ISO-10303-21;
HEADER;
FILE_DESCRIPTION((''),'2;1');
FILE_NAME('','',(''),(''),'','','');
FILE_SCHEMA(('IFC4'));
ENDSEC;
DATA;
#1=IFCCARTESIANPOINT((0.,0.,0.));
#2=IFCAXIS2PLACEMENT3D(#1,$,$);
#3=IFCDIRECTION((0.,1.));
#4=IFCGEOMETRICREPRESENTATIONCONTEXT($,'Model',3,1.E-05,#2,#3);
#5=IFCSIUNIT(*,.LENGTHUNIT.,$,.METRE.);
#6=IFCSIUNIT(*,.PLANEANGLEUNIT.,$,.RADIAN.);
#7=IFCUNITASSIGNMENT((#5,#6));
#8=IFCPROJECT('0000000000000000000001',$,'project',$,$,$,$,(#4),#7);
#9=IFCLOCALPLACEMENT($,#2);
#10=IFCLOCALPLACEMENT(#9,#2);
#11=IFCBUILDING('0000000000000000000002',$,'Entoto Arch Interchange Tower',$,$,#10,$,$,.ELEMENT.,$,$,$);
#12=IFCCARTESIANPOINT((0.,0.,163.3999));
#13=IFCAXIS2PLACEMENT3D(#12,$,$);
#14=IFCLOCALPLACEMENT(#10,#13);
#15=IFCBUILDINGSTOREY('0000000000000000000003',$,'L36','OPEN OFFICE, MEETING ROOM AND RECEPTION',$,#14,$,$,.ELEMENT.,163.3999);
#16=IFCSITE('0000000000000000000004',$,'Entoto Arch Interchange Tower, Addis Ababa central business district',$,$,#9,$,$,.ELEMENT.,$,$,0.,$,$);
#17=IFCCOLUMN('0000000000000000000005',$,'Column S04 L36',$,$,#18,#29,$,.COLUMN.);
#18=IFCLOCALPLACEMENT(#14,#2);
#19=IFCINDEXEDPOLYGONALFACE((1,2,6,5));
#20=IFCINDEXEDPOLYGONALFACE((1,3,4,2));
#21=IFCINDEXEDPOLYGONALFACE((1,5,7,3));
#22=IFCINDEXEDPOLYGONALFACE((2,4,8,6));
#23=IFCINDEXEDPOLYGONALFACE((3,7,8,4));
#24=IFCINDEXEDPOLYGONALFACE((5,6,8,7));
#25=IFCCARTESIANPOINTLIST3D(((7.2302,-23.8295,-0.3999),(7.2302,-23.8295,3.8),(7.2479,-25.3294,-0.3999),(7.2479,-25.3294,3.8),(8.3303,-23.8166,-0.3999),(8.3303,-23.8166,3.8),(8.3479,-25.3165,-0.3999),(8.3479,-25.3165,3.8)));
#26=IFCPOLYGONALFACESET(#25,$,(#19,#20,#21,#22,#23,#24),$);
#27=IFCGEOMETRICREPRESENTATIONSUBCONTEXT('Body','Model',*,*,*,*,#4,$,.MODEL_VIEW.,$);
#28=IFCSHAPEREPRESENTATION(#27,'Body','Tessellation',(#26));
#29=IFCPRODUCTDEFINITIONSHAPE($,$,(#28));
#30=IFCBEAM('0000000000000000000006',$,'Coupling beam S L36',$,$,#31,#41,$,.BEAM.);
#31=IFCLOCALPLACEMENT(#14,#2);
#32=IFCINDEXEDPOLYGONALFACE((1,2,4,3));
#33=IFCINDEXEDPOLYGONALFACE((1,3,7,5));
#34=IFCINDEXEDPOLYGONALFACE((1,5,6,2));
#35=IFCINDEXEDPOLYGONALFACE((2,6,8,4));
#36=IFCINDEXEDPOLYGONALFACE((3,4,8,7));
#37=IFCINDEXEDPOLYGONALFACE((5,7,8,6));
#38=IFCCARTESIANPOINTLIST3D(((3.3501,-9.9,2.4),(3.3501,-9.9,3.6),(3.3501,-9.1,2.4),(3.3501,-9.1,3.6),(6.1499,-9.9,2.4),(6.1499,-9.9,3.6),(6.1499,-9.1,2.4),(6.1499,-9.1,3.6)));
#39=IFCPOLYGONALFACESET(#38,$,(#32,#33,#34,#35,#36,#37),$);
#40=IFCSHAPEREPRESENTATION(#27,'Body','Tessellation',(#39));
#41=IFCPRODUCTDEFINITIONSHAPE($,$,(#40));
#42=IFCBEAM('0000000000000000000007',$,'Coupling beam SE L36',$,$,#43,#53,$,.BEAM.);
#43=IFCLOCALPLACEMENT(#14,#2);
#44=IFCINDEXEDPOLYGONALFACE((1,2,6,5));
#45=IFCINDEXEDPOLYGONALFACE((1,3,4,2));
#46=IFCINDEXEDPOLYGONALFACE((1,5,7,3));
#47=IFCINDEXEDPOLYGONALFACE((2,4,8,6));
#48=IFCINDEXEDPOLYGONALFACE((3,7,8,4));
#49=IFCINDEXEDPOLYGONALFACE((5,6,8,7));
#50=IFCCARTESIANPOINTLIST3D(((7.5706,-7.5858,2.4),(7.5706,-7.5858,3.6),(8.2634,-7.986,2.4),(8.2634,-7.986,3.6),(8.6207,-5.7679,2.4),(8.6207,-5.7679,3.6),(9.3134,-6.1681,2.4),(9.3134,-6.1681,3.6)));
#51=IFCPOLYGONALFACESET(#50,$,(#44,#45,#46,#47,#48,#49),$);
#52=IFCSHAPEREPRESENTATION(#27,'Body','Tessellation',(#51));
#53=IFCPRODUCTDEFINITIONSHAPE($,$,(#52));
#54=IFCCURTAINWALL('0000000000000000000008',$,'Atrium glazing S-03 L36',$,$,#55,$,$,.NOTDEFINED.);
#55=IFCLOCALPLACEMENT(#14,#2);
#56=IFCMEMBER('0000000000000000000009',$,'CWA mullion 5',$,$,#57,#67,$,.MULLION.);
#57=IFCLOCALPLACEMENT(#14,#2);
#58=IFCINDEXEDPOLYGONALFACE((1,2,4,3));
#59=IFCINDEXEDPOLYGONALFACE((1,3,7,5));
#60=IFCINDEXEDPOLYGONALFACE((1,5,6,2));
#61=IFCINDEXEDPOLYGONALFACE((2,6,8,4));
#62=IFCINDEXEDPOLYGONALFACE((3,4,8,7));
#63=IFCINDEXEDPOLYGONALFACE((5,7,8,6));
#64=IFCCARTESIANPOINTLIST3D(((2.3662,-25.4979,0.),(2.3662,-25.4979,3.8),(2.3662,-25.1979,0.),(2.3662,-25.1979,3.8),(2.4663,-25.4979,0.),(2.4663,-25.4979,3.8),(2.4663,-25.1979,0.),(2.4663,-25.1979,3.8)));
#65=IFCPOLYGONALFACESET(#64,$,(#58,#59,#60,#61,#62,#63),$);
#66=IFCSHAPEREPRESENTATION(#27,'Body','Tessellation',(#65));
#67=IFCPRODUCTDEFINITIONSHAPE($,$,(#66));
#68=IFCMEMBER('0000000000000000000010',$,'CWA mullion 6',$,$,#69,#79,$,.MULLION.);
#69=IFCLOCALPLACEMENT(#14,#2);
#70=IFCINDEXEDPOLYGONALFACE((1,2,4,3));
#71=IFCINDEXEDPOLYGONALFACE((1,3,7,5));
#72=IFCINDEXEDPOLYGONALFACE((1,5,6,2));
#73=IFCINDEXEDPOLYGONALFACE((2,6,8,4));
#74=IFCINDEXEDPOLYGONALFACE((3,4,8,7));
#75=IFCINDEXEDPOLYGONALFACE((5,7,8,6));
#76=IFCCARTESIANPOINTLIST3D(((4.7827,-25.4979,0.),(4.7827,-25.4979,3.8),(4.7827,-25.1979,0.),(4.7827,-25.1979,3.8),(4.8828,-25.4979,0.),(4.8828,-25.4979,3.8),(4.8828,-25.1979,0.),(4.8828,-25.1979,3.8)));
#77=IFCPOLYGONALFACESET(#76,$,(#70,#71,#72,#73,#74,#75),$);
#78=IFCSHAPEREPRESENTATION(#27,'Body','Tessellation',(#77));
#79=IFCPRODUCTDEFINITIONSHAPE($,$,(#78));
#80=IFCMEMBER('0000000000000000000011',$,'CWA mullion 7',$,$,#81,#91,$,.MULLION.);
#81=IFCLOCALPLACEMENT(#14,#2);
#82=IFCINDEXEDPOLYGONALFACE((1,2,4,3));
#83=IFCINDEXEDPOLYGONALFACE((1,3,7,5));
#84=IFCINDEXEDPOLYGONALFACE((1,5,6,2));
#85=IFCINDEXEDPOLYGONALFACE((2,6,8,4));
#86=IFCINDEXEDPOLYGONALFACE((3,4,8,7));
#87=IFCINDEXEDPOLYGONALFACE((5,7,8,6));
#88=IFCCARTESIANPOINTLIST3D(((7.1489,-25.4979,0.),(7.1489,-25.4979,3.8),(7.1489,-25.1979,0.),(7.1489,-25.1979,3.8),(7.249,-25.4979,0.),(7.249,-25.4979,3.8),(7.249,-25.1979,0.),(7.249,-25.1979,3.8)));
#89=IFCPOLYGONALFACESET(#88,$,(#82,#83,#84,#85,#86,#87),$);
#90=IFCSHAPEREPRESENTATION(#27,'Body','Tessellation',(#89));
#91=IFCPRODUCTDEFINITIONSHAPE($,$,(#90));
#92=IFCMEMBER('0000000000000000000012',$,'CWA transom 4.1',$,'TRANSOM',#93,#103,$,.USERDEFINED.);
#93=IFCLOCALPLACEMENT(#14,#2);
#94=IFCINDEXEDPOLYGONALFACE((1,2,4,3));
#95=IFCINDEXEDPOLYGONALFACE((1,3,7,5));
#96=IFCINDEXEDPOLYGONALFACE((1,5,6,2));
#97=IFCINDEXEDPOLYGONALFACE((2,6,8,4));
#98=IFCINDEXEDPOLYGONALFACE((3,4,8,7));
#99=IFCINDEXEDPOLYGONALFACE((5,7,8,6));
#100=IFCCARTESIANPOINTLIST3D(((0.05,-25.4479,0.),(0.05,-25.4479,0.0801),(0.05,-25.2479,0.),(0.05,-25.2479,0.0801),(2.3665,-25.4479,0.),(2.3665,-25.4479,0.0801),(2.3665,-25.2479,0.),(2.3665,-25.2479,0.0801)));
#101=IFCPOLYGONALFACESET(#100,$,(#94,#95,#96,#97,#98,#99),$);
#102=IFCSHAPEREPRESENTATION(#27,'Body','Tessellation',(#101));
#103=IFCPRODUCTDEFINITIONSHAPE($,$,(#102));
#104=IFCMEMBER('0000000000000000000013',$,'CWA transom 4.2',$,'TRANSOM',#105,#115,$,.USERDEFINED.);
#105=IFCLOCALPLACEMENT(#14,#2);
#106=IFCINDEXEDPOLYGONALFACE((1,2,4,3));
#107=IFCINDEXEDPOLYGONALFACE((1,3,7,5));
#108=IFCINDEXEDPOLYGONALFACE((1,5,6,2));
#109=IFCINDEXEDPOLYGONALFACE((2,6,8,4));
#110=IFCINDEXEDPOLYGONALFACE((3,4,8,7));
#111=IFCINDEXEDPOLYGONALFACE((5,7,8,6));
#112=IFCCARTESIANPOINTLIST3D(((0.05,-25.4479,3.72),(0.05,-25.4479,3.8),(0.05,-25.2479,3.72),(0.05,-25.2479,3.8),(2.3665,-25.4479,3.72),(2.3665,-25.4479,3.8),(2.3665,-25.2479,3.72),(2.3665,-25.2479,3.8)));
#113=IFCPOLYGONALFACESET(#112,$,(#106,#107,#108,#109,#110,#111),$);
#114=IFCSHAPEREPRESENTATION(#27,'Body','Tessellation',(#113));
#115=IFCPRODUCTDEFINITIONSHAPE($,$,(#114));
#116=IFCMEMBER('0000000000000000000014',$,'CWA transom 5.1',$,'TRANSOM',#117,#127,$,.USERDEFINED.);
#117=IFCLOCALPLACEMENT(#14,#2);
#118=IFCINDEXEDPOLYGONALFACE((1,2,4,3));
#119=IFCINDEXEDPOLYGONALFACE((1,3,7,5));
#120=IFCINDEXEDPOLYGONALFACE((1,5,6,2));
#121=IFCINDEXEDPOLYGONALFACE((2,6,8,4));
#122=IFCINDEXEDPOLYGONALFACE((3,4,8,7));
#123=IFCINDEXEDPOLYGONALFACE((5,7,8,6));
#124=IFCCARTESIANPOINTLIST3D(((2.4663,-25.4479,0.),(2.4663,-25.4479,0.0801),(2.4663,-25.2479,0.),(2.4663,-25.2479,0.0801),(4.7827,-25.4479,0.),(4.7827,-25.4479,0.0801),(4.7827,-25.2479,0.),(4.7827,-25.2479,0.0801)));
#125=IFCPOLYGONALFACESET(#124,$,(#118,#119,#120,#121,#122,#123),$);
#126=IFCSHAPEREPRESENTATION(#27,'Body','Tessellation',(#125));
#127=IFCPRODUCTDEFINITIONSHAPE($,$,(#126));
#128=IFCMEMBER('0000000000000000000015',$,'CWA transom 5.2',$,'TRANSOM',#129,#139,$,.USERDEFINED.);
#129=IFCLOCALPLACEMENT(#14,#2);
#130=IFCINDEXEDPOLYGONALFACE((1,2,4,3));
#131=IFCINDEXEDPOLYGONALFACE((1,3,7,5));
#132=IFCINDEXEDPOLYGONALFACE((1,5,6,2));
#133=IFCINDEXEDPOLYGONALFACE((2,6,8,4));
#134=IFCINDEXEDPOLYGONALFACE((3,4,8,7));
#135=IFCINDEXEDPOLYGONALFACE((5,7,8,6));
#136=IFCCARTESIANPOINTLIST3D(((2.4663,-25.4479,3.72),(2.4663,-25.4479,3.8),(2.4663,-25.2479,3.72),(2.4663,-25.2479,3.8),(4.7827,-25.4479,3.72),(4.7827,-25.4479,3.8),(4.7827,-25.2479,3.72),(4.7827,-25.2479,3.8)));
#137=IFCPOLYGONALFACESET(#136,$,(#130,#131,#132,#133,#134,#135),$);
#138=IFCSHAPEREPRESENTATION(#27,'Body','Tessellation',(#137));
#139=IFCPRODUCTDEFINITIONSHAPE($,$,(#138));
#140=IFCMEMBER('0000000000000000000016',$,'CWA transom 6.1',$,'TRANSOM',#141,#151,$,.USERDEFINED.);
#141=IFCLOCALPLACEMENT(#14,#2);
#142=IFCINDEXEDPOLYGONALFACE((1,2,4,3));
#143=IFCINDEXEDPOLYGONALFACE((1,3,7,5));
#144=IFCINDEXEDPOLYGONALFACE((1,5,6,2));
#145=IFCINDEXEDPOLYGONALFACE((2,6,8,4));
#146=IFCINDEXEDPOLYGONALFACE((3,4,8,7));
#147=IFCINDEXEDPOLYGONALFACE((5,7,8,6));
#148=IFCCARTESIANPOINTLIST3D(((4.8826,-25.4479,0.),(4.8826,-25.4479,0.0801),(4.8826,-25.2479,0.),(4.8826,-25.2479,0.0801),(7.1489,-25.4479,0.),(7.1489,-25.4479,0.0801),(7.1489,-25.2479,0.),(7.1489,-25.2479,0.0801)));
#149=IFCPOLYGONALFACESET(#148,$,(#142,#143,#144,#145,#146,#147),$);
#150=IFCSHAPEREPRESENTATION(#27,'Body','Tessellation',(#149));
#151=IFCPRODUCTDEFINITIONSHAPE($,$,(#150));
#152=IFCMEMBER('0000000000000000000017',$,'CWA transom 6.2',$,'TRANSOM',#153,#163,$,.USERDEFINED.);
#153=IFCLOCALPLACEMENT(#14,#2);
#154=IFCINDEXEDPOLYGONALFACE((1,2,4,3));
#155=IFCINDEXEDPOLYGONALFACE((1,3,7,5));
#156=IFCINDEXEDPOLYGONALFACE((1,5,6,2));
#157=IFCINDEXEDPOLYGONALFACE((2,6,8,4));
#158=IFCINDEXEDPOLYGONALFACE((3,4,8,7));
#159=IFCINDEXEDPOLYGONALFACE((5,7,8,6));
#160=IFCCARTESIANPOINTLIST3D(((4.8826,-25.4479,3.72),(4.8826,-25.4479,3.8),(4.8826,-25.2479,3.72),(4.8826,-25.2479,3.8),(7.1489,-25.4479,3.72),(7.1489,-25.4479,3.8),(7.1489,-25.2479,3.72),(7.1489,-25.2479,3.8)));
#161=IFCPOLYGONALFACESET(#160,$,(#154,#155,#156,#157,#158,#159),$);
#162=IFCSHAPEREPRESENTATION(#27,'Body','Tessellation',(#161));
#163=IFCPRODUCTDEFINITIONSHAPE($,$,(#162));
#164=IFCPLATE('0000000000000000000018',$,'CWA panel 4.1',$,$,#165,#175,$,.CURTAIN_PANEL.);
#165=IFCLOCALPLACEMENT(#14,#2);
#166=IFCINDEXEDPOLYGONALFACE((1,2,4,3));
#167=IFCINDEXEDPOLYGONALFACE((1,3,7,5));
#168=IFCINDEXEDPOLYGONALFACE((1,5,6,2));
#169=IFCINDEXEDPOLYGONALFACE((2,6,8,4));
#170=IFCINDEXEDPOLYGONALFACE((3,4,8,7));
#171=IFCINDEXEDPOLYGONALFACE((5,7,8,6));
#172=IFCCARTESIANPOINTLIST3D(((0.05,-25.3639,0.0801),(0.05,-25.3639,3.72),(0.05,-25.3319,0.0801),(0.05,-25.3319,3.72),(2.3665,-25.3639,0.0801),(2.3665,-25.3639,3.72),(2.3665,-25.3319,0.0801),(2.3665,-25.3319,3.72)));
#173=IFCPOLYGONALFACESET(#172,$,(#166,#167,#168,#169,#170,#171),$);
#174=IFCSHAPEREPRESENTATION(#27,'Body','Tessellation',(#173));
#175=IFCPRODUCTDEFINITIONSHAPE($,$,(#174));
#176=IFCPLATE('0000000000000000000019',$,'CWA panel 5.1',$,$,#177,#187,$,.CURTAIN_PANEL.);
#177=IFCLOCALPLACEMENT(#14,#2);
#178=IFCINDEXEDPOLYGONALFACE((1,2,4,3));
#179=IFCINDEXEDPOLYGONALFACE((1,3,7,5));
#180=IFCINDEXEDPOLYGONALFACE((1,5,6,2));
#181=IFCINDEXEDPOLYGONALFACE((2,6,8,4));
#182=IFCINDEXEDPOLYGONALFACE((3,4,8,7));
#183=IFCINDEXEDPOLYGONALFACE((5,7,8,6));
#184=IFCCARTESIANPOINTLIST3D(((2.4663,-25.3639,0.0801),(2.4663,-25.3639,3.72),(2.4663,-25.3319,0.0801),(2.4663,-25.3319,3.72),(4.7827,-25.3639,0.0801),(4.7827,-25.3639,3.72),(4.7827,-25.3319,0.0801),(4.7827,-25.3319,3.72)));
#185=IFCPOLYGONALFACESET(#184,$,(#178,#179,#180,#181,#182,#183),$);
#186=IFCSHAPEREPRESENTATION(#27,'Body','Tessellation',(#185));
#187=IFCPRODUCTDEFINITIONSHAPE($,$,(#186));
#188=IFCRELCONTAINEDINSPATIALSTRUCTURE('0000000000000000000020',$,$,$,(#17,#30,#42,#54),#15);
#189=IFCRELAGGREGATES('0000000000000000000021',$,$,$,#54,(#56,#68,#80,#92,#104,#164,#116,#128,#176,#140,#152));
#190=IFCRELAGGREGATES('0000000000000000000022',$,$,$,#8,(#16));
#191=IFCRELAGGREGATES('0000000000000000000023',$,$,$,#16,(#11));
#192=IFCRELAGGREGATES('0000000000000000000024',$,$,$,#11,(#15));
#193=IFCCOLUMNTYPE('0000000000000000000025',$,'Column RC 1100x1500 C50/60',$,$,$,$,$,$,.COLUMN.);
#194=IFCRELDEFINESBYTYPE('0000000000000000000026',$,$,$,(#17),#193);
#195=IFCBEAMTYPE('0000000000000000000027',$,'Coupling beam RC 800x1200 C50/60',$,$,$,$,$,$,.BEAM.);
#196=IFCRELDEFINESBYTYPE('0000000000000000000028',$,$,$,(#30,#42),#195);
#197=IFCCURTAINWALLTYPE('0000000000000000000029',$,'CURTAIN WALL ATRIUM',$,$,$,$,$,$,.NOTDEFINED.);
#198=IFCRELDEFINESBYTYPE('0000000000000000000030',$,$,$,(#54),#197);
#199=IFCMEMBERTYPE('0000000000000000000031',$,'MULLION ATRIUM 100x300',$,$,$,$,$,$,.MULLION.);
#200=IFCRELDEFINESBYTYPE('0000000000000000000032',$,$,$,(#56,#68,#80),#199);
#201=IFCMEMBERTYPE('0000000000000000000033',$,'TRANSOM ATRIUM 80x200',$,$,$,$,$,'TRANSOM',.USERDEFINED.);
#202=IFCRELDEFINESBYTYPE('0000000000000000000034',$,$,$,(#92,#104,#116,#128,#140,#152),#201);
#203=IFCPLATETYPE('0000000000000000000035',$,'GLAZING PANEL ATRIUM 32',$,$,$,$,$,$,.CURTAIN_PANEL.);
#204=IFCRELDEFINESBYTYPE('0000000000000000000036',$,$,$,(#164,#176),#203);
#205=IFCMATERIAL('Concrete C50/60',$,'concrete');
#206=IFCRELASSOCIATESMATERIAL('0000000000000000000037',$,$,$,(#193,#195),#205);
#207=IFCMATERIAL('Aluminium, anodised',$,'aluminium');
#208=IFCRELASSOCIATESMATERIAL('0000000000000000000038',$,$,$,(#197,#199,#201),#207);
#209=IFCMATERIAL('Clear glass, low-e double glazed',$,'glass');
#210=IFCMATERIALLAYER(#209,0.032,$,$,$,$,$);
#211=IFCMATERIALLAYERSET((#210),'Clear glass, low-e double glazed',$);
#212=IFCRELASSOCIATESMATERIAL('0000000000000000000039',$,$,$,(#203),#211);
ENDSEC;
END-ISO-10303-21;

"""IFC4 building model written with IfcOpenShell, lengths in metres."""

from ifc_helpers import new_model, si_unit, direction, frame, origin, origin_2d, place, context, subcontext, project, spatial, rectangle, extrude, material, layer, layer_set, material_profile, profile_set, type_object, element, aggregate, save


model = new_model("IFC4")

# Units and contexts
model_context = context("Model", 3, precision=1e-05, world=origin(), true_north=direction((0.0, 1.0)))
body_context = subcontext(model_context, "Body", "Model", "MODEL_VIEW")
ifc_project = project(units=[si_unit("LENGTHUNIT", "METRE"), si_unit("PLANEANGLEUNIT", "RADIAN")], contexts=[model_context])

# Site, building, storey
site_placement = place(None, origin())
site = spatial("IfcSite", under=ifc_project, at=site_placement, Name="Entoto Arch Interchange Tower, Addis Ababa central business district", CompositionType="ELEMENT", RefElevation=0.0)
building_placement = place(site_placement, origin())
building = spatial("IfcBuilding", under=site, at=building_placement, Name="Entoto Arch Interchange Tower", CompositionType="ELEMENT")
storey_placement = place(building_placement, frame((0.0, 0.0, 163.3999)))
storey = spatial("IfcBuildingStorey", under=building, at=storey_placement, Name="L36", Description="OPEN OFFICE, MEETING ROOM AND RECEPTION", CompositionType="ELEMENT", Elevation=163.3999)

# Column
ifc_material_1 = material(Name="Concrete C50/60", Category="concrete")
ifc_material_profile_1 = material_profile(ifc_material_1, rectangle(XDim=1.1001, YDim=1.5, at=origin_2d()))
ifc_profile_set_1 = profile_set([ifc_material_profile_1], Name="Concrete C50/60")
column_type = type_object("IfcColumnType", Name="Column RC 1100x1500 C50/60", PredefinedType="COLUMN", material=ifc_profile_set_1)
column_placement = place(storey_placement, frame((7.7891, -24.573, -0.3999), z_axis=(0.0, 0.0, 1.0), x_axis=(0.999931, 0.011746, 0.0)))
element("IfcColumn", 1, at=column_placement, inside=storey, type_object=column_type, Name="Column S04 L36", PredefinedType="COLUMN", context=body_context, shape_type="SweptSolid", body=[
    extrude(rectangle(XDim=1.1001, YDim=1.5, at=origin_2d()), origin(), (0.0, 0.0, 1.0), 4.2),
])

# Beams
ifc_material_profile_2 = material_profile(ifc_material_1, rectangle(XDim=0.8, YDim=1.2, at=origin_2d()))
ifc_profile_set_2 = profile_set([ifc_material_profile_2], Name="Concrete C50/60")
beam_type = type_object("IfcBeamType", Name="Coupling beam RC 800x1200 C50/60", PredefinedType="BEAM", material=ifc_profile_set_2)
beam_1_placement = place(storey_placement, frame((3.3501, -9.5, 3.0), z_axis=(1.0, 0.0, 0.0), x_axis=(0.0, 1.0, 0.0)))
element("IfcBeam", 2, at=beam_1_placement, inside=storey, type_object=beam_type, Name="Coupling beam S L36", PredefinedType="BEAM", context=body_context, shape_type="SweptSolid", body=[
    extrude(rectangle(XDim=0.8, YDim=1.2, at=origin_2d()), origin(), (0.0, 0.0, 1.0), 2.7998),
])
beam_2_placement = place(storey_placement, frame((7.917, -7.7859, 3.0), z_axis=(0.500179, 0.865922, 0.0), x_axis=(-0.865922, 0.500179, 0.0)))
element("IfcBeam", 3, at=beam_2_placement, inside=storey, type_object=beam_type, Name="Coupling beam SE L36", PredefinedType="BEAM", context=body_context, shape_type="SweptSolid", body=[
    extrude(rectangle(XDim=0.8, YDim=1.2, at=origin_2d()), origin(), (0.0, 0.0, 1.0), 2.0994),
])

# Curtain wall, members, plates
ifc_material_2 = material(Name="Aluminium, anodised", Category="aluminium")
curtain_wall_type = type_object("IfcCurtainWallType", Name="CURTAIN WALL ATRIUM", PredefinedType="NOTDEFINED", material=ifc_material_2)
curtain_wall_placement = place(storey_placement, origin())
curtain_wall = element("IfcCurtainWall", 4, at=curtain_wall_placement, inside=storey, type_object=curtain_wall_type, Name="Atrium glazing S-03 L36", PredefinedType="NOTDEFINED")
ifc_material_profile_3 = material_profile(ifc_material_2, rectangle(XDim=0.3, YDim=0.1001, at=origin_2d()))
ifc_profile_set_3 = profile_set([ifc_material_profile_3], Name="Aluminium, anodised")
member_type_1 = type_object("IfcMemberType", Name="MULLION ATRIUM 100x300", PredefinedType="MULLION", material=ifc_profile_set_3)
member_1_placement = place(storey_placement, frame((2.4163, -25.3479, 0.0), z_axis=(0.0, 0.0, 1.0), x_axis=(0.0, 1.0, 0.0)))
member_1 = element("IfcMember", 5, at=member_1_placement, type_object=member_type_1, Name="CWA mullion 5", PredefinedType="MULLION", context=body_context, shape_type="SweptSolid", body=[
    extrude(rectangle(XDim=0.3, YDim=0.1001, at=origin_2d()), origin(), (0.0, 0.0, 1.0), 3.8),
])
member_2_placement = place(storey_placement, frame((4.8328, -25.3479, 0.0), z_axis=(0.0, 0.0, 1.0), x_axis=(0.0, 1.0, 0.0)))
member_2 = element("IfcMember", 6, at=member_2_placement, type_object=member_type_1, Name="CWA mullion 6", PredefinedType="MULLION", context=body_context, shape_type="SweptSolid", body=[
    extrude(rectangle(XDim=0.3, YDim=0.1001, at=origin_2d()), origin(), (0.0, 0.0, 1.0), 3.8),
])
member_3_placement = place(storey_placement, frame((7.199, -25.3479, 0.0), z_axis=(0.0, 0.0, 1.0), x_axis=(0.0, 1.0, 0.0)))
member_3 = element("IfcMember", 7, at=member_3_placement, type_object=member_type_1, Name="CWA mullion 7", PredefinedType="MULLION", context=body_context, shape_type="SweptSolid", body=[
    extrude(rectangle(XDim=0.3, YDim=0.1001, at=origin_2d()), origin(), (0.0, 0.0, 1.0), 3.8),
])
ifc_material_profile_4 = material_profile(ifc_material_2, rectangle(XDim=0.2, YDim=0.0801, at=origin_2d()))
ifc_profile_set_4 = profile_set([ifc_material_profile_4], Name="Aluminium, anodised")
member_type_2 = type_object("IfcMemberType", Name="TRANSOM ATRIUM 80x200", ElementType="TRANSOM", PredefinedType="USERDEFINED", material=ifc_profile_set_4)
member_4_placement = place(storey_placement, frame((0.05, -25.3479, 0.04), z_axis=(1.0, 0.0, 0.0), x_axis=(0.0, 1.0, 0.0)))
member_4 = element("IfcMember", 8, at=member_4_placement, type_object=member_type_2, Name="CWA transom 4.1", ObjectType="TRANSOM", PredefinedType="USERDEFINED", context=body_context, shape_type="SweptSolid", body=[
    extrude(rectangle(XDim=0.2, YDim=0.0801, at=origin_2d()), origin(), (0.0, 0.0, 1.0), 2.3164),
])
member_5_placement = place(storey_placement, frame((0.05, -25.3479, 3.76), z_axis=(1.0, 0.0, 0.0), x_axis=(0.0, 1.0, 0.0)))
member_5 = element("IfcMember", 9, at=member_5_placement, type_object=member_type_2, Name="CWA transom 4.2", ObjectType="TRANSOM", PredefinedType="USERDEFINED", context=body_context, shape_type="SweptSolid", body=[
    extrude(rectangle(XDim=0.2, YDim=0.0801, at=origin_2d()), origin(), (0.0, 0.0, 1.0), 2.3164),
])
member_6_placement = place(storey_placement, frame((2.4663, -25.3479, 0.04), z_axis=(1.0, 0.0, 0.0), x_axis=(0.0, 1.0, 0.0)))
member_6 = element("IfcMember", 10, at=member_6_placement, type_object=member_type_2, Name="CWA transom 5.1", ObjectType="TRANSOM", PredefinedType="USERDEFINED", context=body_context, shape_type="SweptSolid", body=[
    extrude(rectangle(XDim=0.2, YDim=0.0801, at=origin_2d()), origin(), (0.0, 0.0, 1.0), 2.3164),
])
member_7_placement = place(storey_placement, frame((2.4663, -25.3479, 3.76), z_axis=(1.0, 0.0, 0.0), x_axis=(0.0, 1.0, 0.0)))
member_7 = element("IfcMember", 11, at=member_7_placement, type_object=member_type_2, Name="CWA transom 5.2", ObjectType="TRANSOM", PredefinedType="USERDEFINED", context=body_context, shape_type="SweptSolid", body=[
    extrude(rectangle(XDim=0.2, YDim=0.0801, at=origin_2d()), origin(), (0.0, 0.0, 1.0), 2.3164),
])
member_8_placement = place(storey_placement, frame((4.8826, -25.3479, 0.04), z_axis=(1.0, 0.0, 0.0), x_axis=(0.0, 1.0, 0.0)))
member_8 = element("IfcMember", 12, at=member_8_placement, type_object=member_type_2, Name="CWA transom 6.1", ObjectType="TRANSOM", PredefinedType="USERDEFINED", context=body_context, shape_type="SweptSolid", body=[
    extrude(rectangle(XDim=0.2, YDim=0.0801, at=origin_2d()), origin(), (0.0, 0.0, 1.0), 2.2664),
])
member_9_placement = place(storey_placement, frame((4.8826, -25.3479, 3.76), z_axis=(1.0, 0.0, 0.0), x_axis=(0.0, 1.0, 0.0)))
member_9 = element("IfcMember", 13, at=member_9_placement, type_object=member_type_2, Name="CWA transom 6.2", ObjectType="TRANSOM", PredefinedType="USERDEFINED", context=body_context, shape_type="SweptSolid", body=[
    extrude(rectangle(XDim=0.2, YDim=0.0801, at=origin_2d()), origin(), (0.0, 0.0, 1.0), 2.2664),
])
ifc_material_3 = material(Name="Clear glass, low-e double glazed", Category="glass")
ifc_layer_1 = layer(ifc_material_3, 0.032)
ifc_layer_set_1 = layer_set([ifc_layer_1], Name="Clear glass, low-e double glazed")
plate_type = type_object("IfcPlateType", Name="GLAZING PANEL ATRIUM 32", PredefinedType="CURTAIN_PANEL", material=ifc_layer_set_1)
plate_1_placement = place(storey_placement, frame((1.2083, -25.3479, 0.0801), z_axis=(0.0, 0.0, 1.0), x_axis=(1.0, 0.0, 0.0)))
plate_1 = element("IfcPlate", 14, at=plate_1_placement, type_object=plate_type, Name="CWA panel 4.1", PredefinedType="CURTAIN_PANEL", context=body_context, shape_type="SweptSolid", body=[
    extrude(rectangle(XDim=2.3164, YDim=0.032, at=origin_2d()), origin(), (0.0, 0.0, 1.0), 3.6399),
])
plate_2_placement = place(storey_placement, frame((3.6245, -25.3479, 0.0801), z_axis=(0.0, 0.0, 1.0), x_axis=(1.0, 0.0, 0.0)))
plate_2 = element("IfcPlate", 15, at=plate_2_placement, type_object=plate_type, Name="CWA panel 5.1", PredefinedType="CURTAIN_PANEL", context=body_context, shape_type="SweptSolid", body=[
    extrude(rectangle(XDim=2.3164, YDim=0.032, at=origin_2d()), origin(), (0.0, 0.0, 1.0), 3.6399),
])
aggregate(curtain_wall, [member_1, member_2, member_3, member_4, member_5, plate_1, member_6, member_7, plate_2, member_8, member_9])

save(model, "model.ifc")
